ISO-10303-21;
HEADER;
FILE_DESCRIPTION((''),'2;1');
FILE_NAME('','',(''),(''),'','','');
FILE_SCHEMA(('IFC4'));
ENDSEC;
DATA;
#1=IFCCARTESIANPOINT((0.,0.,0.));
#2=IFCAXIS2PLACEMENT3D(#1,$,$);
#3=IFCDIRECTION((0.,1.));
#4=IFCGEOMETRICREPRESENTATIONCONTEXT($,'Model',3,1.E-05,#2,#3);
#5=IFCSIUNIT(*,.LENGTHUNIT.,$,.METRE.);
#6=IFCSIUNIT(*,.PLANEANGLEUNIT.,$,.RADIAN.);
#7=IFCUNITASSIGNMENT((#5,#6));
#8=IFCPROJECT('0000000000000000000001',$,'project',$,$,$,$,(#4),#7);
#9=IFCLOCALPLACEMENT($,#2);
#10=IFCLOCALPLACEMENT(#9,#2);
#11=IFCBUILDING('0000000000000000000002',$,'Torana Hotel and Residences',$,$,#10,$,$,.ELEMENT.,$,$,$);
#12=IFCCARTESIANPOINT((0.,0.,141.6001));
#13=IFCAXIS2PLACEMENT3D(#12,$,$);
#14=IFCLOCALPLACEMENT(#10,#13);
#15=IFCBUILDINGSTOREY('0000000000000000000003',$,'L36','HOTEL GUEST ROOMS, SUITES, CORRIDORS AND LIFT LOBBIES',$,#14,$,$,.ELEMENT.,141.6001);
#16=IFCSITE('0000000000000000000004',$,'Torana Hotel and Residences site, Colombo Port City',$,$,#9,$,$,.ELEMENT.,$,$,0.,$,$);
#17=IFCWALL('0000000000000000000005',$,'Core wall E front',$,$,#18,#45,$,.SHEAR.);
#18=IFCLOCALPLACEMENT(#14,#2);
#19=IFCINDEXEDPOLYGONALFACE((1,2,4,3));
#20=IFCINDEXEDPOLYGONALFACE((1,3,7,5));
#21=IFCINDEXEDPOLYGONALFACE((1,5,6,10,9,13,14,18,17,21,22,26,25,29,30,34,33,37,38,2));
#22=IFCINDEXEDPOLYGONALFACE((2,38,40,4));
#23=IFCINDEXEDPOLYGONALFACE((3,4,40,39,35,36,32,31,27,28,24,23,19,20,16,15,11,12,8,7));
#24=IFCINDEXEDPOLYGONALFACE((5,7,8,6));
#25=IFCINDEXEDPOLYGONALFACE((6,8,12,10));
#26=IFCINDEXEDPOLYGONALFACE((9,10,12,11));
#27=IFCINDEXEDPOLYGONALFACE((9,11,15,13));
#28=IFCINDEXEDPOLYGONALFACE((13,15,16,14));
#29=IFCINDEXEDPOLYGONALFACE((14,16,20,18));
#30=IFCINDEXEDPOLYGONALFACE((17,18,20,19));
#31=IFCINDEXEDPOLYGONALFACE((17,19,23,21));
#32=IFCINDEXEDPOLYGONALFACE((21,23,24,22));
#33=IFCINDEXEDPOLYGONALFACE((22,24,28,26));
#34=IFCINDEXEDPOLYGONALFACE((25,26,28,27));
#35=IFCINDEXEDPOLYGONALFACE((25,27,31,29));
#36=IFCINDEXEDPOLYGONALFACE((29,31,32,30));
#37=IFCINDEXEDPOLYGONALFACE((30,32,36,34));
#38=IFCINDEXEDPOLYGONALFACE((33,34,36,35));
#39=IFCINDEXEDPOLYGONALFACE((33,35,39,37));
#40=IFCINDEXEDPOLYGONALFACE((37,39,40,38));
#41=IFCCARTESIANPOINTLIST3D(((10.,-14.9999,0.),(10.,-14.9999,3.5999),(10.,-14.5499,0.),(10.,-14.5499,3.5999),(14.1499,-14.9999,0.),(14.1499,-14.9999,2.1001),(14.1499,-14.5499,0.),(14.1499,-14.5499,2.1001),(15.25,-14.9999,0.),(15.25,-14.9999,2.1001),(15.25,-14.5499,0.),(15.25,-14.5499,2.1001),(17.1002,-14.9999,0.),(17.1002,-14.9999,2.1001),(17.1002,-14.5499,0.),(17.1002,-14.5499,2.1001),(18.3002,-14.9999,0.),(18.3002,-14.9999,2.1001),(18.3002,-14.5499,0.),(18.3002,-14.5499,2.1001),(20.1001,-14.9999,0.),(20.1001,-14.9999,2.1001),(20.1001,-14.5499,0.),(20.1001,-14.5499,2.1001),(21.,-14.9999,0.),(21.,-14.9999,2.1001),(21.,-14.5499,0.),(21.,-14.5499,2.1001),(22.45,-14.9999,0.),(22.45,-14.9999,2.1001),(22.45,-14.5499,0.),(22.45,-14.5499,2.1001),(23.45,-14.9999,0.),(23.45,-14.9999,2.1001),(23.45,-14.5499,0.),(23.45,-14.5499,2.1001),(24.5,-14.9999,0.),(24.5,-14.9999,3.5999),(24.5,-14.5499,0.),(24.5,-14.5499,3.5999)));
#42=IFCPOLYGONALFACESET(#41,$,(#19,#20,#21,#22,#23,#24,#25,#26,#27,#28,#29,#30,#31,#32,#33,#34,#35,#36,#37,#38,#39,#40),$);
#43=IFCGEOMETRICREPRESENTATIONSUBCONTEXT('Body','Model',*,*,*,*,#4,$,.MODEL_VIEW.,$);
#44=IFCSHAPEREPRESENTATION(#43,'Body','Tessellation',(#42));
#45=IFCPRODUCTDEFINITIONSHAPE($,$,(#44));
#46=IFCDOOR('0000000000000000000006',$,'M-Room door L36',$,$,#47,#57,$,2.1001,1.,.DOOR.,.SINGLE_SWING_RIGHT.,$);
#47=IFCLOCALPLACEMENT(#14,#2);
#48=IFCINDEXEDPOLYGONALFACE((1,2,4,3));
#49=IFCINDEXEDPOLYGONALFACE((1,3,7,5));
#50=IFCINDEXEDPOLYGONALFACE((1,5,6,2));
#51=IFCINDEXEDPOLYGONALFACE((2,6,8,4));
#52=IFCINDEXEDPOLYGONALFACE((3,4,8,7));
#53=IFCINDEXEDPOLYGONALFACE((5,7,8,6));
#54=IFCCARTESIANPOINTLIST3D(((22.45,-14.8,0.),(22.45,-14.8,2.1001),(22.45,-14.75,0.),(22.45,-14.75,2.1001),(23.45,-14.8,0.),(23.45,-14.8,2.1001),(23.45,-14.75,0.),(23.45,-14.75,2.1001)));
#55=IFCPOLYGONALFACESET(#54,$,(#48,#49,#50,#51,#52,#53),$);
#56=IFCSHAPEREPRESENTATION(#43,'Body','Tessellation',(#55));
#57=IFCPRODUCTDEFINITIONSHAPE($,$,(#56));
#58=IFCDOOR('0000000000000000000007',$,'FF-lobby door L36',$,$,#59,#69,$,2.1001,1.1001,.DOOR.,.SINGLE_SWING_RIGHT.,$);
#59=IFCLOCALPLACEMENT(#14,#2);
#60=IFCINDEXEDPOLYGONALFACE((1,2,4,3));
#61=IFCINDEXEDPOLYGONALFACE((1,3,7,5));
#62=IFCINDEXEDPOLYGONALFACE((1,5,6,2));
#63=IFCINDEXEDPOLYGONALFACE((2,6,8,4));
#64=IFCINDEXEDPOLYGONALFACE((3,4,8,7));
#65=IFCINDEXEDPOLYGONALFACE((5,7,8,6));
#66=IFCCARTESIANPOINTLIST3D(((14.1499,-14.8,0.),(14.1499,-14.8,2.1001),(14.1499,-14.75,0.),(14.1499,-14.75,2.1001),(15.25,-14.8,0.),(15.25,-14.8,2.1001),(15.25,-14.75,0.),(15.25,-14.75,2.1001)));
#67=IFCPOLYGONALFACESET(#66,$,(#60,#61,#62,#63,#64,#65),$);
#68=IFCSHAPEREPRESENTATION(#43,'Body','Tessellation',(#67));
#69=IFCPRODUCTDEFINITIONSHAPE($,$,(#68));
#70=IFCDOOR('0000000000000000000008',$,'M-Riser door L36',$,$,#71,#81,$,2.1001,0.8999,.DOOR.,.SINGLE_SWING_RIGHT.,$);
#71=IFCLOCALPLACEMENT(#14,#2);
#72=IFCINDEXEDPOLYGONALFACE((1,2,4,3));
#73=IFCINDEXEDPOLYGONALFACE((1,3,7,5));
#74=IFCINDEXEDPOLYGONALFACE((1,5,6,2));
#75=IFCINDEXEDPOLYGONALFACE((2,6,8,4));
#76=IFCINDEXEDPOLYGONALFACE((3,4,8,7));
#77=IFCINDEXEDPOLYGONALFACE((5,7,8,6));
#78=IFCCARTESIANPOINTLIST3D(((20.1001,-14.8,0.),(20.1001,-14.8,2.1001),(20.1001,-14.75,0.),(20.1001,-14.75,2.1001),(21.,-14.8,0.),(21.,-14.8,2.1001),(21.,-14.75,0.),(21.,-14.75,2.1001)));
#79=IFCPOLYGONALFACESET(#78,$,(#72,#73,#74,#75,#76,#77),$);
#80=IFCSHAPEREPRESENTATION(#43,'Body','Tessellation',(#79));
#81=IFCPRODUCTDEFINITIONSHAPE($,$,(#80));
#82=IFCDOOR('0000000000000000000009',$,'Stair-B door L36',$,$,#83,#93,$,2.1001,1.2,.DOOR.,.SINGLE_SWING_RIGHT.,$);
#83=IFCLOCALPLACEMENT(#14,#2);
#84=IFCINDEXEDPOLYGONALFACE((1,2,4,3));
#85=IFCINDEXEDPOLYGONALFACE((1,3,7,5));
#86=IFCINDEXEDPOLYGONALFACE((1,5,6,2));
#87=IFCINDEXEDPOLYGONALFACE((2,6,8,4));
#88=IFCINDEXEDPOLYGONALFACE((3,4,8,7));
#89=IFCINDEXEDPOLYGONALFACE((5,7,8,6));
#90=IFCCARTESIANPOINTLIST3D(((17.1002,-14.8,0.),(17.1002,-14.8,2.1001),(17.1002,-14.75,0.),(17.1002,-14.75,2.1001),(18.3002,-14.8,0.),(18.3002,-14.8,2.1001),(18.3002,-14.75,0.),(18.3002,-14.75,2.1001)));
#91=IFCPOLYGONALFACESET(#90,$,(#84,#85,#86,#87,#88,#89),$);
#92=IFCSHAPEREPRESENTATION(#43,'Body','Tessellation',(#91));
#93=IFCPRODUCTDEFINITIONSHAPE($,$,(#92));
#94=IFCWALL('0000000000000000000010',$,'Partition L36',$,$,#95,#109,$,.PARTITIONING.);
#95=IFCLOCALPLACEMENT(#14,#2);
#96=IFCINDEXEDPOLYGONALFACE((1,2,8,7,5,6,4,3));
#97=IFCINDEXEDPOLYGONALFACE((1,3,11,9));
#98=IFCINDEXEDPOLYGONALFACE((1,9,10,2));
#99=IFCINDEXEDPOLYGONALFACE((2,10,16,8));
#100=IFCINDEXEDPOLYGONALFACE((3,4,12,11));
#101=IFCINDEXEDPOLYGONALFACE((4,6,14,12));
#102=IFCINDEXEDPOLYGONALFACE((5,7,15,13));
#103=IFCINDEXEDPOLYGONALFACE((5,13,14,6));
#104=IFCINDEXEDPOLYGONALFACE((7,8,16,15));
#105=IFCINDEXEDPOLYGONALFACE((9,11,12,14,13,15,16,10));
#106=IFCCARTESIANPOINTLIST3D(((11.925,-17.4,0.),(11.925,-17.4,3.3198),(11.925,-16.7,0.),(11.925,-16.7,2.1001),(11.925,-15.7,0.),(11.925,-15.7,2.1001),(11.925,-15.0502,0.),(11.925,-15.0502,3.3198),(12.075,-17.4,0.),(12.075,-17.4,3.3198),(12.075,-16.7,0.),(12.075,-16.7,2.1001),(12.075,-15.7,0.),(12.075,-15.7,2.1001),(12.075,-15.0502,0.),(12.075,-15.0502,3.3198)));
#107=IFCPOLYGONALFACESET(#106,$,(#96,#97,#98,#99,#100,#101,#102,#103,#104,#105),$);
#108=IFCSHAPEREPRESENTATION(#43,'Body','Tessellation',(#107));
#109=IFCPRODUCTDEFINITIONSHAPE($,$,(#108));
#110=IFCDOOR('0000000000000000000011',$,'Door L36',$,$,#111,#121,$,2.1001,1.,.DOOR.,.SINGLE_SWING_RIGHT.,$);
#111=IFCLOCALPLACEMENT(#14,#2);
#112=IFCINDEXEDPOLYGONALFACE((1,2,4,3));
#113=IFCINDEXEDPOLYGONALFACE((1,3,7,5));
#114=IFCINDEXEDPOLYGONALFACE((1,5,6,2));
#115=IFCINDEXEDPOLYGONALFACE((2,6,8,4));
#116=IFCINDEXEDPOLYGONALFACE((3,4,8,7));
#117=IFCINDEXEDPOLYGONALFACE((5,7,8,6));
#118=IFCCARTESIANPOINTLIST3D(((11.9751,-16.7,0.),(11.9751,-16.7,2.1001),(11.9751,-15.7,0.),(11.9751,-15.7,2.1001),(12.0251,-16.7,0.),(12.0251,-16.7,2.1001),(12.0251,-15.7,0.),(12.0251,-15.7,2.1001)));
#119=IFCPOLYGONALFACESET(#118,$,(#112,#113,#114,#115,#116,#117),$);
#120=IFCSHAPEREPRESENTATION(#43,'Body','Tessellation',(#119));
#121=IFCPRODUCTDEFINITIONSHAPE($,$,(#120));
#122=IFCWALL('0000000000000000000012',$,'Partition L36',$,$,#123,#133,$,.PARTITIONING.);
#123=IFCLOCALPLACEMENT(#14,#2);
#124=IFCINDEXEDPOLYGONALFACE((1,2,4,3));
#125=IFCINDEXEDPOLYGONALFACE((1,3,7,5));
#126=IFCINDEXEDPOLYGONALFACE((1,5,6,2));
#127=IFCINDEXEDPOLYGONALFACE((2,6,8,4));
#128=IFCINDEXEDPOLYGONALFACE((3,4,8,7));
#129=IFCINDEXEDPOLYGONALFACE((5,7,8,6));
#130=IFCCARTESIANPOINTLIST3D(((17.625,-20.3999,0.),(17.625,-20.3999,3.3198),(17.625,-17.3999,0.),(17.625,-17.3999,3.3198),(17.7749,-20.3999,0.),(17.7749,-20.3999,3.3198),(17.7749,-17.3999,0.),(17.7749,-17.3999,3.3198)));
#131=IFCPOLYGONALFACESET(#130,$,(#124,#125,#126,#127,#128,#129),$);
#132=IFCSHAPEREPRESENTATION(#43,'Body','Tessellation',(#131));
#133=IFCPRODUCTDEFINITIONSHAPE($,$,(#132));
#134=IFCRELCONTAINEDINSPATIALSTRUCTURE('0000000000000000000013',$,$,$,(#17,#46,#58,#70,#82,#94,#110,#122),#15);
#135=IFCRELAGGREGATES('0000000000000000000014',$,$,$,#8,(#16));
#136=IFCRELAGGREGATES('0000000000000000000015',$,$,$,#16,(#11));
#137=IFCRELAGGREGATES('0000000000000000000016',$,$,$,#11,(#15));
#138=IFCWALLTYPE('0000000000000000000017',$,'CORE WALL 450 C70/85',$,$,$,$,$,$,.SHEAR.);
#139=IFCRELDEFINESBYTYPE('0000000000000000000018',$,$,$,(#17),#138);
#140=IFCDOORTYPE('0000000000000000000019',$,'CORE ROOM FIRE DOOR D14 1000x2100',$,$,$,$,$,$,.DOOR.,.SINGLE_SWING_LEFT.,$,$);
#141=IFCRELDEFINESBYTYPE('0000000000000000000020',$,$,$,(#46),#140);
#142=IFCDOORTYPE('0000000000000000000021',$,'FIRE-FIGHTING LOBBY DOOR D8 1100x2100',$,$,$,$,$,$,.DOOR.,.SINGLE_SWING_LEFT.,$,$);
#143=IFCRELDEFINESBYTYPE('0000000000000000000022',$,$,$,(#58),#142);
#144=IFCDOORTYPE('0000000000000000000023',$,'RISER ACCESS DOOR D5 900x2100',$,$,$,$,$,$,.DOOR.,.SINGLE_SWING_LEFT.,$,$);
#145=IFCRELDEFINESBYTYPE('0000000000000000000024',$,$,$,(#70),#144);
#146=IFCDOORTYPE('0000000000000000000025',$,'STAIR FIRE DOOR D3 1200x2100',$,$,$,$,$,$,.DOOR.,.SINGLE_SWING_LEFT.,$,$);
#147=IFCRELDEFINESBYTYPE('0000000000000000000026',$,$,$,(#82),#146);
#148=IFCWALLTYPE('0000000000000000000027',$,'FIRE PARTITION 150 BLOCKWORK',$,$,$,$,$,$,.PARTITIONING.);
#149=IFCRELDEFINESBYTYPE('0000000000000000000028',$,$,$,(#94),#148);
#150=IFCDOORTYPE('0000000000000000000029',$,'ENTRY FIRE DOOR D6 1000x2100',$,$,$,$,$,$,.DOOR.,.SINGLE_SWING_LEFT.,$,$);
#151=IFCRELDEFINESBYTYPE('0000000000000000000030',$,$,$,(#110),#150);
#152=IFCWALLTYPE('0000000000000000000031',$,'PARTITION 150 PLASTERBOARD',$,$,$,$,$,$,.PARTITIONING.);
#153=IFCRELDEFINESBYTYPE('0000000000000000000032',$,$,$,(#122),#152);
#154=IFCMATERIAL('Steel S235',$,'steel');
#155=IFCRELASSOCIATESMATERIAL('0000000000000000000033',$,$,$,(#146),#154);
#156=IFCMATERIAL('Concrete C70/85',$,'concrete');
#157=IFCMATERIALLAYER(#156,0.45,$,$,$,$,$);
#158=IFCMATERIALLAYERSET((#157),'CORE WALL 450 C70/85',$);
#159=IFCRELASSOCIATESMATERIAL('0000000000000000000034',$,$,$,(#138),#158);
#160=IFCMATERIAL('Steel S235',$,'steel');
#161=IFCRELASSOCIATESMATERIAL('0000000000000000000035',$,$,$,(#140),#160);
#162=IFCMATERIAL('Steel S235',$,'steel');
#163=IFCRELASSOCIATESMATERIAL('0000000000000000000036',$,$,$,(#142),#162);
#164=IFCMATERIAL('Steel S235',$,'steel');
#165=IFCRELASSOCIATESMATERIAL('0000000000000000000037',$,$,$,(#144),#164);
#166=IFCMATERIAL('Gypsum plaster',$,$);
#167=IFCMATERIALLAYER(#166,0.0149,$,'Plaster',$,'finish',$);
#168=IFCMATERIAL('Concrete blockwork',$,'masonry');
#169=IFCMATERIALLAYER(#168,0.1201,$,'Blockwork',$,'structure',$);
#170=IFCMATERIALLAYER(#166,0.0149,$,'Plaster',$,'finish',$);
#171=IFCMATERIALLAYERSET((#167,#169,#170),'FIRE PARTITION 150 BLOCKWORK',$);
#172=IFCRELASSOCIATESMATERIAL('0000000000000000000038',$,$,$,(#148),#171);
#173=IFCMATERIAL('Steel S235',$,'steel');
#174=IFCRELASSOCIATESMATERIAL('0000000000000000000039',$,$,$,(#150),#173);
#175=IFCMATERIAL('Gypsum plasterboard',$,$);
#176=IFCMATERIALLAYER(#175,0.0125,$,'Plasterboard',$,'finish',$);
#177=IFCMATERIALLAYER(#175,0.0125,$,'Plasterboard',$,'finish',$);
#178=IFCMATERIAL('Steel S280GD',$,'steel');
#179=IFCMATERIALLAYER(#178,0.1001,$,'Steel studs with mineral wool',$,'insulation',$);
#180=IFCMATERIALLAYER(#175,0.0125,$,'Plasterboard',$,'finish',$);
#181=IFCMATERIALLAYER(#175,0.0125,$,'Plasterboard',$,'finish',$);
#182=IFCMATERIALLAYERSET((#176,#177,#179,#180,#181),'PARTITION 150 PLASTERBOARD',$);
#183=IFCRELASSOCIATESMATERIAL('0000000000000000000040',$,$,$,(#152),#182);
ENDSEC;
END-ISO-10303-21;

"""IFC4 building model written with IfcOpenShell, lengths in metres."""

from ifc_helpers import new_model, si_unit, direction, frame, frame_2d, origin, place, context, subcontext, project, spatial, rectangle, extrude, material, layer, layer_set, type_object, element, fill, save


model = new_model("IFC4")

# Units and contexts
model_context = context("Model", 3, precision=1e-05, world=origin(), true_north=direction((0.0, 1.0)))
body_context = subcontext(model_context, "Body", "Model", "MODEL_VIEW")
ifc_project = project(units=[si_unit("LENGTHUNIT", "METRE"), si_unit("PLANEANGLEUNIT", "RADIAN")], contexts=[model_context])

# Site, building, storey
site_placement = place(None, origin())
site = spatial("IfcSite", under=ifc_project, at=site_placement, Name="Torana Hotel and Residences site, Colombo Port City", CompositionType="ELEMENT", RefElevation=0.0)
building_placement = place(site_placement, origin())
building = spatial("IfcBuilding", under=site, at=building_placement, Name="Torana Hotel and Residences", CompositionType="ELEMENT")
storey_placement = place(building_placement, frame((0.0, 0.0, 141.6001)))
storey = spatial("IfcBuildingStorey", under=building, at=storey_placement, Name="L36", Description="HOTEL GUEST ROOMS, SUITES, CORRIDORS AND LIFT LOBBIES", CompositionType="ELEMENT", Elevation=141.6001)

# Shared definitions
ifc_material_1 = material(Name="Steel S235", Category="steel")
door_type_1 = type_object("IfcDoorType", Name="STAIR FIRE DOOR D3 1200x2100", OperationType="SINGLE_SWING_LEFT", PredefinedType="DOOR", material=ifc_material_1)

# Wall, openings, doors
ifc_material_2 = material(Name="Concrete C70/85", Category="concrete")
ifc_layer_1 = layer(ifc_material_2, 0.45)
ifc_layer_set_1 = layer_set([ifc_layer_1], Name="CORE WALL 450 C70/85")
wall_type_1 = type_object("IfcWallType", Name="CORE WALL 450 C70/85", PredefinedType="SHEAR", material=ifc_layer_set_1)
wall_1_placement = place(storey_placement, frame((10.0, -14.7749, 0.0), z_axis=(0.0, 0.0, 1.0), x_axis=(1.0, 0.0, 0.0)))
wall_1 = element("IfcWall", 1, at=wall_1_placement, inside=storey, type_object=wall_type_1, Name="Core wall E front", PredefinedType="SHEAR", context=body_context, shape_type="SweptSolid", body=[
    extrude(rectangle(XDim=14.5, YDim=0.45, at=frame_2d((7.25, 0.0))), origin(), (0.0, 0.0, 1.0), 3.5999),
])
opening_1_placement = place(wall_1_placement, frame((7.1001, 0.0, 0.0)))
opening_1 = element("IfcOpeningElement", 2, at=opening_1_placement, cuts=wall_1, PredefinedType="OPENING", context=body_context, shape_type="SweptSolid", body=[
    extrude(rectangle(XDim=1.2, YDim=2.1001, at=frame_2d((0.6001, 1.05))), frame((0.0, 0.2349, 0.0), z_axis=(0.0, -1.0, 0.0), x_axis=(1.0, 0.0, 0.0)), (0.0, 0.0, 1.0), 0.47),
])
opening_2_placement = place(wall_1_placement, frame((4.1499, 0.0, 0.0)))
opening_2 = element("IfcOpeningElement", 3, at=opening_2_placement, cuts=wall_1, PredefinedType="OPENING", context=body_context, shape_type="SweptSolid", body=[
    extrude(rectangle(XDim=1.1001, YDim=2.1001, at=frame_2d((0.55, 1.05))), frame((0.0, 0.2349, 0.0), z_axis=(0.0, -1.0, 0.0), x_axis=(1.0, 0.0, 0.0)), (0.0, 0.0, 1.0), 0.47),
])
opening_3_placement = place(wall_1_placement, frame((10.1001, 0.0, 0.0)))
opening_3 = element("IfcOpeningElement", 4, at=opening_3_placement, cuts=wall_1, PredefinedType="OPENING", context=body_context, shape_type="SweptSolid", body=[
    extrude(rectangle(XDim=0.8999, YDim=2.1001, at=frame_2d((0.45, 1.05))), frame((0.0, 0.2349, 0.0), z_axis=(0.0, -1.0, 0.0), x_axis=(1.0, 0.0, 0.0)), (0.0, 0.0, 1.0), 0.47),
])
opening_4_placement = place(wall_1_placement, frame((12.45, 0.0, 0.0)))
opening_4 = element("IfcOpeningElement", 5, at=opening_4_placement, cuts=wall_1, PredefinedType="OPENING", context=body_context, shape_type="SweptSolid", body=[
    extrude(rectangle(XDim=1.0, YDim=2.1001, at=frame_2d((0.5, 1.05))), frame((0.0, 0.2349, 0.0), z_axis=(0.0, -1.0, 0.0), x_axis=(1.0, 0.0, 0.0)), (0.0, 0.0, 1.0), 0.47),
])
ifc_material_3 = material(Name="Steel S235", Category="steel")
door_type_2 = type_object("IfcDoorType", Name="CORE ROOM FIRE DOOR D14 1000x2100", OperationType="SINGLE_SWING_LEFT", PredefinedType="DOOR", material=ifc_material_3)
door_1_placement = place(opening_4_placement, origin())
door_1 = element("IfcDoor", 6, at=door_1_placement, inside=storey, type_object=door_type_2, Name="M-Room door L36", OperationType="SINGLE_SWING_RIGHT", OverallHeight=2.1001, OverallWidth=1.0, PredefinedType="DOOR", context=body_context, shape_type="SweptSolid", body=[
    extrude(rectangle(XDim=1.0, YDim=2.1001, at=frame_2d((0.5, 1.05))), frame((0.0, 0.0249, 0.0), z_axis=(0.0, -1.0, 0.0), x_axis=(1.0, 0.0, 0.0)), (0.0, 0.0, 1.0), 0.05),
])
fill(opening_4, door_1)
ifc_material_4 = material(Name="Steel S235", Category="steel")
door_type_3 = type_object("IfcDoorType", Name="FIRE-FIGHTING LOBBY DOOR D8 1100x2100", OperationType="SINGLE_SWING_LEFT", PredefinedType="DOOR", material=ifc_material_4)
door_2_placement = place(opening_2_placement, origin())
door_2 = element("IfcDoor", 7, at=door_2_placement, inside=storey, type_object=door_type_3, Name="FF-lobby door L36", OperationType="SINGLE_SWING_RIGHT", OverallHeight=2.1001, OverallWidth=1.1001, PredefinedType="DOOR", context=body_context, shape_type="SweptSolid", body=[
    extrude(rectangle(XDim=1.1001, YDim=2.1001, at=frame_2d((0.55, 1.05))), frame((0.0, 0.0249, 0.0), z_axis=(0.0, -1.0, 0.0), x_axis=(1.0, 0.0, 0.0)), (0.0, 0.0, 1.0), 0.05),
])
fill(opening_2, door_2)
ifc_material_5 = material(Name="Steel S235", Category="steel")
door_type_4 = type_object("IfcDoorType", Name="RISER ACCESS DOOR D5 900x2100", OperationType="SINGLE_SWING_LEFT", PredefinedType="DOOR", material=ifc_material_5)
door_3_placement = place(opening_3_placement, origin())
door_3 = element("IfcDoor", 8, at=door_3_placement, inside=storey, type_object=door_type_4, Name="M-Riser door L36", OperationType="SINGLE_SWING_RIGHT", OverallHeight=2.1001, OverallWidth=0.8999, PredefinedType="DOOR", context=body_context, shape_type="SweptSolid", body=[
    extrude(rectangle(XDim=0.8999, YDim=2.1001, at=frame_2d((0.45, 1.05))), frame((0.0, 0.0249, 0.0), z_axis=(0.0, -1.0, 0.0), x_axis=(1.0, 0.0, 0.0)), (0.0, 0.0, 1.0), 0.05),
])
fill(opening_3, door_3)
door_4_placement = place(opening_1_placement, origin())
door_4 = element("IfcDoor", 9, at=door_4_placement, inside=storey, type_object=door_type_1, Name="Stair-B door L36", OperationType="SINGLE_SWING_RIGHT", OverallHeight=2.1001, OverallWidth=1.2, PredefinedType="DOOR", context=body_context, shape_type="SweptSolid", body=[
    extrude(rectangle(XDim=1.2, YDim=2.1001, at=frame_2d((0.6001, 1.05))), frame((0.0, 0.0249, 0.0), z_axis=(0.0, -1.0, 0.0), x_axis=(1.0, 0.0, 0.0)), (0.0, 0.0, 1.0), 0.05),
])
fill(opening_1, door_4)

# Wall, opening, door
ifc_material_6 = material(Name="Gypsum plaster")
ifc_layer_2 = layer(ifc_material_6, 0.0149, Name="Plaster", Category="finish")
ifc_material_7 = material(Name="Concrete blockwork", Category="masonry")
ifc_layer_3 = layer(ifc_material_7, 0.1201, Name="Blockwork", Category="structure")
ifc_layer_4 = layer(ifc_material_6, 0.0149, Name="Plaster", Category="finish")
ifc_layer_set_2 = layer_set([ifc_layer_2, ifc_layer_3, ifc_layer_4], Name="FIRE PARTITION 150 BLOCKWORK")
wall_type_2 = type_object("IfcWallType", Name="FIRE PARTITION 150 BLOCKWORK", PredefinedType="PARTITIONING", material=ifc_layer_set_2)
wall_2_placement = place(storey_placement, frame((12.0, -17.3999, 0.0), z_axis=(0.0, 0.0, 1.0), x_axis=(0.0, 1.0, 0.0)))
wall_2 = element("IfcWall", 10, at=wall_2_placement, inside=storey, type_object=wall_type_2, Name="Partition L36", PredefinedType="PARTITIONING", context=body_context, shape_type="SweptSolid", body=[
    extrude(rectangle(XDim=2.3499, YDim=0.1499, at=frame_2d((1.1748, 0.0))), origin(), (0.0, 0.0, 1.0), 3.3198),
])
opening_5_placement = place(wall_2_placement, frame((0.7, 0.0, 0.0)))
opening_5 = element("IfcOpeningElement", 11, at=opening_5_placement, cuts=wall_2, PredefinedType="OPENING", context=body_context, shape_type="SweptSolid", body=[
    extrude(rectangle(XDim=1.0, YDim=2.1001, at=frame_2d((0.5, 1.05))), frame((0.0, 0.085, 0.0), z_axis=(0.0, -1.0, 0.0), x_axis=(1.0, 0.0, 0.0)), (0.0, 0.0, 1.0), 0.1699),
])
ifc_material_8 = material(Name="Steel S235", Category="steel")
door_type_5 = type_object("IfcDoorType", Name="ENTRY FIRE DOOR D6 1000x2100", OperationType="SINGLE_SWING_LEFT", PredefinedType="DOOR", material=ifc_material_8)
door_5_placement = place(opening_5_placement, origin())
door_5 = element("IfcDoor", 12, at=door_5_placement, inside=storey, type_object=door_type_5, Name="Door L36", OperationType="SINGLE_SWING_RIGHT", OverallHeight=2.1001, OverallWidth=1.0, PredefinedType="DOOR", context=body_context, shape_type="SweptSolid", body=[
    extrude(rectangle(XDim=1.0, YDim=2.1001, at=frame_2d((0.5, 1.05))), frame((0.0, 0.0249, 0.0), z_axis=(0.0, -1.0, 0.0), x_axis=(1.0, 0.0, 0.0)), (0.0, 0.0, 1.0), 0.05),
])
fill(opening_5, door_5)

# Wall
ifc_material_9 = material(Name="Gypsum plasterboard")
ifc_layer_5 = layer(ifc_material_9, 0.0125, Name="Plasterboard", Category="finish")
ifc_layer_6 = layer(ifc_material_9, 0.0125, Name="Plasterboard", Category="finish")
ifc_material_10 = material(Name="Steel S280GD", Category="steel")
ifc_layer_7 = layer(ifc_material_10, 0.1001, Name="Steel studs with mineral wool", Category="insulation")
ifc_layer_8 = layer(ifc_material_9, 0.0125, Name="Plasterboard", Category="finish")
ifc_layer_9 = layer(ifc_material_9, 0.0125, Name="Plasterboard", Category="finish")
ifc_layer_set_3 = layer_set([ifc_layer_5, ifc_layer_6, ifc_layer_7, ifc_layer_8, ifc_layer_9], Name="PARTITION 150 PLASTERBOARD")
wall_type_3 = type_object("IfcWallType", Name="PARTITION 150 PLASTERBOARD", PredefinedType="PARTITIONING", material=ifc_layer_set_3)
wall_3_placement = place(storey_placement, frame((17.7, -20.3999, 0.0), z_axis=(0.0, 0.0, 1.0), x_axis=(0.0, 1.0, 0.0)))
element("IfcWall", 13, at=wall_3_placement, inside=storey, type_object=wall_type_3, Name="Partition L36", PredefinedType="PARTITIONING", context=body_context, shape_type="SweptSolid", body=[
    extrude(rectangle(XDim=3.0, YDim=0.1499, at=frame_2d((1.5, 0.0))), origin(), (0.0, 0.0, 1.0), 3.3198),
])

save(model, "model.ifc")
